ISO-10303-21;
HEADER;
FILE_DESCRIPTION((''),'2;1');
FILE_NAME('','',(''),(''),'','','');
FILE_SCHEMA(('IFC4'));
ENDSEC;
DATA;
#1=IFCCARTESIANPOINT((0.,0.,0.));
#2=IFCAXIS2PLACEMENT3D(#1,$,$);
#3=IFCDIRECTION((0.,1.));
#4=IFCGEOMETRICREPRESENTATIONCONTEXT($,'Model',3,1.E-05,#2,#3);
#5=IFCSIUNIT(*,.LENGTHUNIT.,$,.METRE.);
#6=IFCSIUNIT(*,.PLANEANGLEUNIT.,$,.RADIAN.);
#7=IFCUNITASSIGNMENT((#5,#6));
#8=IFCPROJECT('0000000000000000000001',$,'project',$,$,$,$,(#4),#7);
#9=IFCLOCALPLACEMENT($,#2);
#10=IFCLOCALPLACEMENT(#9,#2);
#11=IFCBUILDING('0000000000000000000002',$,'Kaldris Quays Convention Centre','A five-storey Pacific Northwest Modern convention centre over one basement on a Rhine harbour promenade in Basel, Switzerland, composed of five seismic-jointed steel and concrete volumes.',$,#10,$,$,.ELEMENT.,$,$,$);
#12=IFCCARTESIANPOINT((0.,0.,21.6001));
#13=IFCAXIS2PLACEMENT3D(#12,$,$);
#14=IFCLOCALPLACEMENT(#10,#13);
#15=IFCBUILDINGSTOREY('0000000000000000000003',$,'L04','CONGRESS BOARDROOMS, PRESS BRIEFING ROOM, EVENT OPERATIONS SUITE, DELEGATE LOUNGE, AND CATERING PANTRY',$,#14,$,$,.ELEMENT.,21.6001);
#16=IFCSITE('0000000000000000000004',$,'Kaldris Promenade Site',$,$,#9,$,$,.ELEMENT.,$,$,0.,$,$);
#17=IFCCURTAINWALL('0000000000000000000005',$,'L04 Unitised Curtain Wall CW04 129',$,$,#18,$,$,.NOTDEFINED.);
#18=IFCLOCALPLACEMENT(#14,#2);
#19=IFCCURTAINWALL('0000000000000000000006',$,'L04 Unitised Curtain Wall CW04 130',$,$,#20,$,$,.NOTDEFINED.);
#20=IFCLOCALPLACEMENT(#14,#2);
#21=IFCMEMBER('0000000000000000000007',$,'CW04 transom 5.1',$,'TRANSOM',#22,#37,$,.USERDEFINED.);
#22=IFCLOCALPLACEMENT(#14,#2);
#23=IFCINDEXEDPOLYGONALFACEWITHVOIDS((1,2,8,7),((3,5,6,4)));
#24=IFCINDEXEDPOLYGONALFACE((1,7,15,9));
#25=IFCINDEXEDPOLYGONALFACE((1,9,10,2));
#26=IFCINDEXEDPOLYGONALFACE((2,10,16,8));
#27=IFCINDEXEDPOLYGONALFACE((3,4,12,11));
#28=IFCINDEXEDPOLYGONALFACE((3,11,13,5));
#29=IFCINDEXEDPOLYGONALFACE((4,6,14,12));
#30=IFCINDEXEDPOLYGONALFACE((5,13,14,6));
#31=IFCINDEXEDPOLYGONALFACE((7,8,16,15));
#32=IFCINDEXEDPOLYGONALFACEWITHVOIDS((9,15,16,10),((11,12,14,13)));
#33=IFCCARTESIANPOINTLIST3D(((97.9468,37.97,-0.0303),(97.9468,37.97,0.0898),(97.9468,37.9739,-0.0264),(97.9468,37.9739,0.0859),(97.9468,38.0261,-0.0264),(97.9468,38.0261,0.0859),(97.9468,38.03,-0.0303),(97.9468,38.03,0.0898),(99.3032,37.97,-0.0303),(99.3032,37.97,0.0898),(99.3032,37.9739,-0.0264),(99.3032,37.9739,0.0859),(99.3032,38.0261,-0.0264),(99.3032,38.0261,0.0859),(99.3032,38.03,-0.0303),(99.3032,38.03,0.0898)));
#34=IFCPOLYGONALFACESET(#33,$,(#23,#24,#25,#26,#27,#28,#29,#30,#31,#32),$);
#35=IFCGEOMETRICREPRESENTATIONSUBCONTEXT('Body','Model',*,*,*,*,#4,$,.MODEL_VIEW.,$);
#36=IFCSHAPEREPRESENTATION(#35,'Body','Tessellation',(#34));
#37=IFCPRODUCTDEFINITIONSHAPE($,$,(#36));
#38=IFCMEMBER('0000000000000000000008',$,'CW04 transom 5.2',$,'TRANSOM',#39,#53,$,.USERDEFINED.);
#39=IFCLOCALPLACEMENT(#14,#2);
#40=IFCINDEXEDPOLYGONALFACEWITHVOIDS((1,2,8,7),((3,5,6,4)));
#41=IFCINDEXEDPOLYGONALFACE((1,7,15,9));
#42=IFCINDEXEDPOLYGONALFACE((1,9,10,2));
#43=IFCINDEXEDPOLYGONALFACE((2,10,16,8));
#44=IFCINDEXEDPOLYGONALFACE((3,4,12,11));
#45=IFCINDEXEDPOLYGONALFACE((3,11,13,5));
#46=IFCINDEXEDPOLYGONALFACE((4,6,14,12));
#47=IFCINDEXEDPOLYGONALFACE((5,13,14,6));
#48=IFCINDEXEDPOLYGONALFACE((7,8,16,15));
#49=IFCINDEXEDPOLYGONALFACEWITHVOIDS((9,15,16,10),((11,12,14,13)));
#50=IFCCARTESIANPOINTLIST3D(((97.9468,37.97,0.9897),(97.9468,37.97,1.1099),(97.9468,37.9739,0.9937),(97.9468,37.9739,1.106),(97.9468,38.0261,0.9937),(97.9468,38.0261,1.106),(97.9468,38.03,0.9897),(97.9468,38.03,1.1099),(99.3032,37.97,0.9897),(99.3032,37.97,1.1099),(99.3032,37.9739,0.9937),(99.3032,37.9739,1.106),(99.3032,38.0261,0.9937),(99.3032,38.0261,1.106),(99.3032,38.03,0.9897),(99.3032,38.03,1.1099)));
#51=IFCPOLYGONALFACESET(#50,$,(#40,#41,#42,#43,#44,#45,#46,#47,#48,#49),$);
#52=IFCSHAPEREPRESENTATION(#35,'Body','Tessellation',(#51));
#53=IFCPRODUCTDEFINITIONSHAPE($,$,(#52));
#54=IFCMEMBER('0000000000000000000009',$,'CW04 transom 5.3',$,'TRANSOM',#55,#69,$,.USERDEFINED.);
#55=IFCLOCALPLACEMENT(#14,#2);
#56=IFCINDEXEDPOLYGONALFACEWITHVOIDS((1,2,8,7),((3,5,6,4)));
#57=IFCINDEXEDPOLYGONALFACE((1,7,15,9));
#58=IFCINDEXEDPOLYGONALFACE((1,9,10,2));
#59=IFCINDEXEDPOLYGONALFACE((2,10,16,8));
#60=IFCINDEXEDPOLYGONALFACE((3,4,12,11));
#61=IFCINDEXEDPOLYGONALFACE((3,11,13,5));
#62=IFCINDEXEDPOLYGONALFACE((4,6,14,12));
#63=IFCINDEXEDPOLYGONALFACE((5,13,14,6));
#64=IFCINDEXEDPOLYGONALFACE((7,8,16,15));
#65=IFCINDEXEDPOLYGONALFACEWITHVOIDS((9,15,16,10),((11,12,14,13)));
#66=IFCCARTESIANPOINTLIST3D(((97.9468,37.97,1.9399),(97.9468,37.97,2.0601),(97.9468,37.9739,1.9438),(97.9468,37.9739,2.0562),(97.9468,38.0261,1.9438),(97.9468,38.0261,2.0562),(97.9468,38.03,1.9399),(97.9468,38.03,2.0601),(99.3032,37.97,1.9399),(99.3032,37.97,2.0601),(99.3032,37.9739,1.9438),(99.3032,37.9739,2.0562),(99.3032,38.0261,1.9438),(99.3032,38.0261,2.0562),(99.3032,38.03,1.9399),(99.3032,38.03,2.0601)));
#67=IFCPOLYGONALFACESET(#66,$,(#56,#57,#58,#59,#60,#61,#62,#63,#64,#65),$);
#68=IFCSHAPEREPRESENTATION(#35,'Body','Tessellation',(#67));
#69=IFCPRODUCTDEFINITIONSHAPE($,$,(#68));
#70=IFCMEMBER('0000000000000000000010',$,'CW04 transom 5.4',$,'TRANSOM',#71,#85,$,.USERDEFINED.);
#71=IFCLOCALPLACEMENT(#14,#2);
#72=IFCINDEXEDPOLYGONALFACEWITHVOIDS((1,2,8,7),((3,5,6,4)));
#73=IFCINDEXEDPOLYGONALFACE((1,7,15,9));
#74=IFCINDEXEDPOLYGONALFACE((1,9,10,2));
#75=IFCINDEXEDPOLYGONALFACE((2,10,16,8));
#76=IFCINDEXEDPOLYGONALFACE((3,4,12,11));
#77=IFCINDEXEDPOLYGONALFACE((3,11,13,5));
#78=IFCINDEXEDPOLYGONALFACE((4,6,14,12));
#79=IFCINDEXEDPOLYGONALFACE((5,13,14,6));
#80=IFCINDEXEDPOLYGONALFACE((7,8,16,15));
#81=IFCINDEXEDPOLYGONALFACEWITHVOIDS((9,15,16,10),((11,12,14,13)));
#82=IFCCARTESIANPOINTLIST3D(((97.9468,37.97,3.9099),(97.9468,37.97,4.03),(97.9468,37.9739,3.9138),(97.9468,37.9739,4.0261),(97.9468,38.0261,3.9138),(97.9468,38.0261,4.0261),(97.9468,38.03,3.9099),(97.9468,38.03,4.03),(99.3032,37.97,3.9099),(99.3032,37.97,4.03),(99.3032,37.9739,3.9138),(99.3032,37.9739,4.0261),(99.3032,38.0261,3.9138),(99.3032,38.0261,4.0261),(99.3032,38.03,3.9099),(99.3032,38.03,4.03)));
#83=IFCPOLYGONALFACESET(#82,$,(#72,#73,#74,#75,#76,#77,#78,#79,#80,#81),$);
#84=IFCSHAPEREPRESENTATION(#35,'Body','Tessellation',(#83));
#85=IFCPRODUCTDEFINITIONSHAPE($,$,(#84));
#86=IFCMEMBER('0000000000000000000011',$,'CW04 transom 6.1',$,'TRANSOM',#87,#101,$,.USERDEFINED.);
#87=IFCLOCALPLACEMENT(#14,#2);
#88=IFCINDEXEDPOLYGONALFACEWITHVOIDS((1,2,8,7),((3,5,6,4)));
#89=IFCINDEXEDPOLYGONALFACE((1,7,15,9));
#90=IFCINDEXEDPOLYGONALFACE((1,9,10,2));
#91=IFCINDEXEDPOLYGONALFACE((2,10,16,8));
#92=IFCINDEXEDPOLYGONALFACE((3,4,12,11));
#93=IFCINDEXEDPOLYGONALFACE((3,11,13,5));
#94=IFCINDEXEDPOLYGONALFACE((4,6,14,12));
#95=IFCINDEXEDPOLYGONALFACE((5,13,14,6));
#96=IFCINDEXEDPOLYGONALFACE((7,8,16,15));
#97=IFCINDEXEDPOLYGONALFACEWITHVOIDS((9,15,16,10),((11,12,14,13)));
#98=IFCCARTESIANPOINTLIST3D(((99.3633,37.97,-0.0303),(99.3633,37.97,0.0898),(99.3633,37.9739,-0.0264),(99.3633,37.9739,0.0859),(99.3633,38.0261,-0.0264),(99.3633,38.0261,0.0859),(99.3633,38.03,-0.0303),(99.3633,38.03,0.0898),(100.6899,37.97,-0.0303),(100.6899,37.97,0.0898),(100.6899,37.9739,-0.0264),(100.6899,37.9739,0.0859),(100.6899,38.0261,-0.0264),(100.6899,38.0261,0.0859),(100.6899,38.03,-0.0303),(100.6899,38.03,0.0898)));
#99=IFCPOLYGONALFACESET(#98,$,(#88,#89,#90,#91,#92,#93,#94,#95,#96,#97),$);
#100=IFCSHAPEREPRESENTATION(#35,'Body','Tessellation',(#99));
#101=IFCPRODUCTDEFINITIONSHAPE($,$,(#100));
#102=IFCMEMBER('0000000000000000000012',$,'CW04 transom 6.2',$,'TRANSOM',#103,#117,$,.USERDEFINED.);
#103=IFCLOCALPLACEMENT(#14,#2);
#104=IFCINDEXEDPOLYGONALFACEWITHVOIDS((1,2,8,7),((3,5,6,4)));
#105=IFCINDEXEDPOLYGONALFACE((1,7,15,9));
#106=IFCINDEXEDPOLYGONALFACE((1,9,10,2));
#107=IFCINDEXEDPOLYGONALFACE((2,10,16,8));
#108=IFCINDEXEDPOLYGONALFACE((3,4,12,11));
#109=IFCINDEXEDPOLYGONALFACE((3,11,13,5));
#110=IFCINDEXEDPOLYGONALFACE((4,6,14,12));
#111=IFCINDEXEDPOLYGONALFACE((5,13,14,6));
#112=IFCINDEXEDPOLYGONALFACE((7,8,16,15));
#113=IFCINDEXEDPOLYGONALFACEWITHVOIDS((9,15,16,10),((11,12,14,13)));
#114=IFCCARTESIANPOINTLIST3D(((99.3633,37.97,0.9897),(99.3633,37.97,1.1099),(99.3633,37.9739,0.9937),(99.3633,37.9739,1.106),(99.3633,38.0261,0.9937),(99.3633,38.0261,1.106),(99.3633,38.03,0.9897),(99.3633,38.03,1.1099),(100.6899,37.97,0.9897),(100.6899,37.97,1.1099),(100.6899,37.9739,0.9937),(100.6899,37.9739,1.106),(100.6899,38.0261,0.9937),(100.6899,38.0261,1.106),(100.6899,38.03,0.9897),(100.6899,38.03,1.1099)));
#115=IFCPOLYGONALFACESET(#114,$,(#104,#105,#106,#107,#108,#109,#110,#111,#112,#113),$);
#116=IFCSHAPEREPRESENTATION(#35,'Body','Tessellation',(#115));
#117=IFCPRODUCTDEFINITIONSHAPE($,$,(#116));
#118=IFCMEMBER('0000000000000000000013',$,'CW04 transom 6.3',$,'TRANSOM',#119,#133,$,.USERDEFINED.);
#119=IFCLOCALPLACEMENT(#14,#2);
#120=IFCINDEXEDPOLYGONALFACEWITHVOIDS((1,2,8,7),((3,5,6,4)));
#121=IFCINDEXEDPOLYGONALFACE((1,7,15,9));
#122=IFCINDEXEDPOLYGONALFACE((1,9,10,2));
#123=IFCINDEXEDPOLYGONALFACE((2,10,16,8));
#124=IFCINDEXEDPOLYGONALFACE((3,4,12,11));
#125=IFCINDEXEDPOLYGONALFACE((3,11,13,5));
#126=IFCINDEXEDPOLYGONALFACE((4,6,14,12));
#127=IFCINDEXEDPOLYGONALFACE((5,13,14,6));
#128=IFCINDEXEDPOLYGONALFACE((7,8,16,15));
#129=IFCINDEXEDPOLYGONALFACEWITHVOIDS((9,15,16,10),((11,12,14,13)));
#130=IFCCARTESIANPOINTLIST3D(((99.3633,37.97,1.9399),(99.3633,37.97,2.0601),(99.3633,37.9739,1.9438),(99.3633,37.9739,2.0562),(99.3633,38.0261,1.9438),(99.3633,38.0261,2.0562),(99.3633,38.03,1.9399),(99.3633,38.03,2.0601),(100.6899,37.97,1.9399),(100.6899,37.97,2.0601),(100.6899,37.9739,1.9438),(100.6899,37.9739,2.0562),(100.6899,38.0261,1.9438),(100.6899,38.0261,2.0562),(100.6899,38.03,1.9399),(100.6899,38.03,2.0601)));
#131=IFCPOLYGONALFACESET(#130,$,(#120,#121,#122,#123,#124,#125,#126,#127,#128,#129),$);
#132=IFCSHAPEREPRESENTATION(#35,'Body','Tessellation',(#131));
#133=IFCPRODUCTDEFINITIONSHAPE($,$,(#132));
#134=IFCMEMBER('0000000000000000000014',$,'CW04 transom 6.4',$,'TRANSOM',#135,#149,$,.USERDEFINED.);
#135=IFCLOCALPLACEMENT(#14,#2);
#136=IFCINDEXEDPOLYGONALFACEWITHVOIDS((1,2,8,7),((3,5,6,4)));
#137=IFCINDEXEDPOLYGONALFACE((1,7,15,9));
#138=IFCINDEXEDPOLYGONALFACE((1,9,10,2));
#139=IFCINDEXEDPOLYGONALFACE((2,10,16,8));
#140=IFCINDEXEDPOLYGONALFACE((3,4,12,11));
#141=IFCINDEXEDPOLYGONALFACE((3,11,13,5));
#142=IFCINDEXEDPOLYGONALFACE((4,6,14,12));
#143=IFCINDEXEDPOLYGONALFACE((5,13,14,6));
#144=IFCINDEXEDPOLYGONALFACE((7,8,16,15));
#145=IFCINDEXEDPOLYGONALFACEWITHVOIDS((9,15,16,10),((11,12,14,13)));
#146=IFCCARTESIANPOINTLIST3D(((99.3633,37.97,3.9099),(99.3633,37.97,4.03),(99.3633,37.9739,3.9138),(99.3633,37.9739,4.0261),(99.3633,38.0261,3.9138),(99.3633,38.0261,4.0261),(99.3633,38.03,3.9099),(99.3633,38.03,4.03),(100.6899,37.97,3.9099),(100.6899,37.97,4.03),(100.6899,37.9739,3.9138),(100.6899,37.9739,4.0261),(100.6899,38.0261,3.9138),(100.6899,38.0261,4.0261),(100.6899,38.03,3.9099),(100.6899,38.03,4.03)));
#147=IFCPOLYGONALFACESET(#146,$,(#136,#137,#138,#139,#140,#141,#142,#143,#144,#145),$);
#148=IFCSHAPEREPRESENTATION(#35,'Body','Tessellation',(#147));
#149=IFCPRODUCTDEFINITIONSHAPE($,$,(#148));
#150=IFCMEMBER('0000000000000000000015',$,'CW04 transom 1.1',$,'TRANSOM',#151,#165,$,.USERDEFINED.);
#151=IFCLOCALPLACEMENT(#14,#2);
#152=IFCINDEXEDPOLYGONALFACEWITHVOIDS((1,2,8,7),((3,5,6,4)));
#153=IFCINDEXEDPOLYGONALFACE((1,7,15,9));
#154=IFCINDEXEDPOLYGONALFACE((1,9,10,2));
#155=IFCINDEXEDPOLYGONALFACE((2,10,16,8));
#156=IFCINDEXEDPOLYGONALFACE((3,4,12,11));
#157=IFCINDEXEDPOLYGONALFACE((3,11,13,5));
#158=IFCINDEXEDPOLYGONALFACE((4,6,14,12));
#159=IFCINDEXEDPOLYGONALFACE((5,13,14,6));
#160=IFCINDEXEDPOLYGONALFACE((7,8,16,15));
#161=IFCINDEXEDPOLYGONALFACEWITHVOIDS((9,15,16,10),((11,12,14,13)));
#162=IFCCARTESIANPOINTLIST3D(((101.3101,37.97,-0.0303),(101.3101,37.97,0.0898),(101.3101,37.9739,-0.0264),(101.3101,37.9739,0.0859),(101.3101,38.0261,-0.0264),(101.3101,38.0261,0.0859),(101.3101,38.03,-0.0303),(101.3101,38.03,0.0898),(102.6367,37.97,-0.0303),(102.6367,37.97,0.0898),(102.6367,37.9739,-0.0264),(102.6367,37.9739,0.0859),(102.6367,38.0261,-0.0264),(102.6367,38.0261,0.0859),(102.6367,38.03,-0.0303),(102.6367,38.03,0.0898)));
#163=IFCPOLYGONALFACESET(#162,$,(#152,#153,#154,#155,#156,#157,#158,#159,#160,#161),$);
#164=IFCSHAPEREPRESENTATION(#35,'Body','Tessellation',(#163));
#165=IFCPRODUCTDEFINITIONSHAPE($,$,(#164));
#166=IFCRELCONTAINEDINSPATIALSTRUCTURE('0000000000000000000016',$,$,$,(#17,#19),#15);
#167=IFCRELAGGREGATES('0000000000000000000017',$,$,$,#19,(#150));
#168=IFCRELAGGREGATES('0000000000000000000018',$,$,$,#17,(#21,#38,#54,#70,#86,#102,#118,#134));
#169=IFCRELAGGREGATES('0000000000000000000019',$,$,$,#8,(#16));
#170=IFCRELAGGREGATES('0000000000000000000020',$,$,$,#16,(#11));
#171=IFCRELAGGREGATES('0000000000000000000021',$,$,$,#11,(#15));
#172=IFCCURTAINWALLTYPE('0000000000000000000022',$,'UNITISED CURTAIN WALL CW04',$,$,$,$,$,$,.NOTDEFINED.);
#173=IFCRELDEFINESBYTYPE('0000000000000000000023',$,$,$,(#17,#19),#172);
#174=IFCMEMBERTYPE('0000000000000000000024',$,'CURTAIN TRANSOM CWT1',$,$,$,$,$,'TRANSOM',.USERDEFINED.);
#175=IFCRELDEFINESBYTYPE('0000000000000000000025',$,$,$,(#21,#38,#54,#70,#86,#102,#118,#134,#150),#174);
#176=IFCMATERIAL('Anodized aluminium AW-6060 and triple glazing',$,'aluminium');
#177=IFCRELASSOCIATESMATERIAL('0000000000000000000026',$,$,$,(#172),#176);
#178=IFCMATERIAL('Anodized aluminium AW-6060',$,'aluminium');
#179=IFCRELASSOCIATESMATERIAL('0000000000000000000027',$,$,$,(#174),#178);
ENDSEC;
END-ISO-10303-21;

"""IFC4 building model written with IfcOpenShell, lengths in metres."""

from ifc_helpers import new_model, si_unit, direction, frame, origin, origin_2d, place, context, subcontext, project, spatial, hollow_rectangle, extrude, material, material_profile, profile_set, type_object, element, aggregate, save


model = new_model("IFC4")

# Units and contexts
model_context = context("Model", 3, precision=1e-05, world=origin(), true_north=direction((0.0, 1.0)))
body_context = subcontext(model_context, "Body", "Model", "MODEL_VIEW")
ifc_project = project(units=[si_unit("LENGTHUNIT", "METRE"), si_unit("PLANEANGLEUNIT", "RADIAN")], contexts=[model_context])

# Site, building, storey
site_placement = place(None, origin())
site = spatial("IfcSite", under=ifc_project, at=site_placement, Name="Kaldris Promenade Site", CompositionType="ELEMENT", RefElevation=0.0)
building_placement = place(site_placement, origin())
building = spatial("IfcBuilding", under=site, at=building_placement, Name="Kaldris Quays Convention Centre", Description="A five-storey Pacific Northwest Modern convention centre over one basement on a Rhine harbour promenade in Basel, Switzerland, composed of five seismic-jointed steel and concrete volumes.", CompositionType="ELEMENT")
storey_placement = place(building_placement, frame((0.0, 0.0, 21.6001)))
storey = spatial("IfcBuildingStorey", under=building, at=storey_placement, Name="L04", Description="CONGRESS BOARDROOMS, PRESS BRIEFING ROOM, EVENT OPERATIONS SUITE, DELEGATE LOUNGE, AND CATERING PANTRY", CompositionType="ELEMENT", Elevation=21.6001)

# Curtain wall
ifc_material_1 = material(Name="Anodized aluminium AW-6060 and triple glazing", Category="aluminium")
curtain_wall_type = type_object("IfcCurtainWallType", Name="UNITISED CURTAIN WALL CW04", PredefinedType="NOTDEFINED", material=ifc_material_1)
curtain_wall_1_placement = place(storey_placement, origin())
curtain_wall_1 = element("IfcCurtainWall", 1, at=curtain_wall_1_placement, inside=storey, type_object=curtain_wall_type, Name="L04 Unitised Curtain Wall CW04 129", PredefinedType="NOTDEFINED")
ifc_material_2 = material(Name="Anodized aluminium AW-6060", Category="aluminium")

# Curtain wall
curtain_wall_2_placement = place(storey_placement, origin())
curtain_wall_2 = element("IfcCurtainWall", 2, at=curtain_wall_2_placement, inside=storey, type_object=curtain_wall_type, Name="L04 Unitised Curtain Wall CW04 130", PredefinedType="NOTDEFINED")

# Members
ifc_material_profile_1 = material_profile(ifc_material_2, hollow_rectangle(XDim=0.0601, YDim=0.1201, WallThickness=0.0039, at=origin_2d()), Name="RHS 120x60x4")
ifc_profile_set_1 = profile_set([ifc_material_profile_1], Name="Anodized aluminium AW-6060")
member_type_1 = type_object("IfcMemberType", Name="CURTAIN TRANSOM CWT1", ElementType="TRANSOM", PredefinedType="USERDEFINED", material=ifc_profile_set_1)
member_1_placement = place(storey_placement, frame((97.9468, 38.0, 0.0298), z_axis=(1.0, 0.0, 0.0), x_axis=(0.0, 1.0, 0.0)))
member_1 = element("IfcMember", 3, at=member_1_placement, type_object=member_type_1, Name="CW04 transom 5.1", ObjectType="TRANSOM", PredefinedType="USERDEFINED", context=body_context, shape_type="SweptSolid", body=[
    extrude(hollow_rectangle(XDim=0.0601, YDim=0.1201, WallThickness=0.0039, at=origin_2d()), origin(), (0.0, 0.0, 1.0), 1.3564),
])
member_2_placement = place(storey_placement, frame((97.9468, 38.0, 1.0498), z_axis=(1.0, 0.0, 0.0), x_axis=(0.0, 1.0, 0.0)))
member_2 = element("IfcMember", 4, at=member_2_placement, type_object=member_type_1, Name="CW04 transom 5.2", ObjectType="TRANSOM", PredefinedType="USERDEFINED", context=body_context, shape_type="SweptSolid", body=[
    extrude(hollow_rectangle(XDim=0.0601, YDim=0.1201, WallThickness=0.0039, at=origin_2d()), origin(), (0.0, 0.0, 1.0), 1.3564),
])
member_3_placement = place(storey_placement, frame((97.9468, 38.0, 2.0), z_axis=(1.0, 0.0, 0.0), x_axis=(0.0, 1.0, 0.0)))
member_3 = element("IfcMember", 5, at=member_3_placement, type_object=member_type_1, Name="CW04 transom 5.3", ObjectType="TRANSOM", PredefinedType="USERDEFINED", context=body_context, shape_type="SweptSolid", body=[
    extrude(hollow_rectangle(XDim=0.0601, YDim=0.1201, WallThickness=0.0039, at=origin_2d()), origin(), (0.0, 0.0, 1.0), 1.3564),
])
member_4_placement = place(storey_placement, frame((97.9468, 38.0, 3.97), z_axis=(1.0, 0.0, 0.0), x_axis=(0.0, 1.0, 0.0)))
member_4 = element("IfcMember", 6, at=member_4_placement, type_object=member_type_1, Name="CW04 transom 5.4", ObjectType="TRANSOM", PredefinedType="USERDEFINED", context=body_context, shape_type="SweptSolid", body=[
    extrude(hollow_rectangle(XDim=0.0601, YDim=0.1201, WallThickness=0.0039, at=origin_2d()), origin(), (0.0, 0.0, 1.0), 1.3564),
])
member_5_placement = place(storey_placement, frame((99.3633, 38.0, 0.0298), z_axis=(1.0, 0.0, 0.0), x_axis=(0.0, 1.0, 0.0)))
member_5 = element("IfcMember", 7, at=member_5_placement, type_object=member_type_1, Name="CW04 transom 6.1", ObjectType="TRANSOM", PredefinedType="USERDEFINED", context=body_context, shape_type="SweptSolid", body=[
    extrude(hollow_rectangle(XDim=0.0601, YDim=0.1201, WallThickness=0.0039, at=origin_2d()), origin(), (0.0, 0.0, 1.0), 1.3267),
])
member_6_placement = place(storey_placement, frame((99.3633, 38.0, 1.0498), z_axis=(1.0, 0.0, 0.0), x_axis=(0.0, 1.0, 0.0)))
member_6 = element("IfcMember", 8, at=member_6_placement, type_object=member_type_1, Name="CW04 transom 6.2", ObjectType="TRANSOM", PredefinedType="USERDEFINED", context=body_context, shape_type="SweptSolid", body=[
    extrude(hollow_rectangle(XDim=0.0601, YDim=0.1201, WallThickness=0.0039, at=origin_2d()), origin(), (0.0, 0.0, 1.0), 1.3267),
])
member_7_placement = place(storey_placement, frame((99.3633, 38.0, 2.0), z_axis=(1.0, 0.0, 0.0), x_axis=(0.0, 1.0, 0.0)))
member_7 = element("IfcMember", 9, at=member_7_placement, type_object=member_type_1, Name="CW04 transom 6.3", ObjectType="TRANSOM", PredefinedType="USERDEFINED", context=body_context, shape_type="SweptSolid", body=[
    extrude(hollow_rectangle(XDim=0.0601, YDim=0.1201, WallThickness=0.0039, at=origin_2d()), origin(), (0.0, 0.0, 1.0), 1.3267),
])
member_8_placement = place(storey_placement, frame((99.3633, 38.0, 3.97), z_axis=(1.0, 0.0, 0.0), x_axis=(0.0, 1.0, 0.0)))
member_8 = element("IfcMember", 10, at=member_8_placement, type_object=member_type_1, Name="CW04 transom 6.4", ObjectType="TRANSOM", PredefinedType="USERDEFINED", context=body_context, shape_type="SweptSolid", body=[
    extrude(hollow_rectangle(XDim=0.0601, YDim=0.1201, WallThickness=0.0039, at=origin_2d()), origin(), (0.0, 0.0, 1.0), 1.3267),
])
member_9_placement = place(storey_placement, frame((101.3101, 38.0, 0.0298), z_axis=(1.0, 0.0, 0.0), x_axis=(0.0, 1.0, 0.0)))
member_9 = element("IfcMember", 11, at=member_9_placement, type_object=member_type_1, Name="CW04 transom 1.1", ObjectType="TRANSOM", PredefinedType="USERDEFINED", context=body_context, shape_type="SweptSolid", body=[
    extrude(hollow_rectangle(XDim=0.0601, YDim=0.1201, WallThickness=0.0039, at=origin_2d()), origin(), (0.0, 0.0, 1.0), 1.3267),
])
aggregate(curtain_wall_2, [member_9])

aggregate(curtain_wall_1, [member_1, member_2, member_3, member_4, member_5, member_6, member_7, member_8])

save(model, "model.ifc")
